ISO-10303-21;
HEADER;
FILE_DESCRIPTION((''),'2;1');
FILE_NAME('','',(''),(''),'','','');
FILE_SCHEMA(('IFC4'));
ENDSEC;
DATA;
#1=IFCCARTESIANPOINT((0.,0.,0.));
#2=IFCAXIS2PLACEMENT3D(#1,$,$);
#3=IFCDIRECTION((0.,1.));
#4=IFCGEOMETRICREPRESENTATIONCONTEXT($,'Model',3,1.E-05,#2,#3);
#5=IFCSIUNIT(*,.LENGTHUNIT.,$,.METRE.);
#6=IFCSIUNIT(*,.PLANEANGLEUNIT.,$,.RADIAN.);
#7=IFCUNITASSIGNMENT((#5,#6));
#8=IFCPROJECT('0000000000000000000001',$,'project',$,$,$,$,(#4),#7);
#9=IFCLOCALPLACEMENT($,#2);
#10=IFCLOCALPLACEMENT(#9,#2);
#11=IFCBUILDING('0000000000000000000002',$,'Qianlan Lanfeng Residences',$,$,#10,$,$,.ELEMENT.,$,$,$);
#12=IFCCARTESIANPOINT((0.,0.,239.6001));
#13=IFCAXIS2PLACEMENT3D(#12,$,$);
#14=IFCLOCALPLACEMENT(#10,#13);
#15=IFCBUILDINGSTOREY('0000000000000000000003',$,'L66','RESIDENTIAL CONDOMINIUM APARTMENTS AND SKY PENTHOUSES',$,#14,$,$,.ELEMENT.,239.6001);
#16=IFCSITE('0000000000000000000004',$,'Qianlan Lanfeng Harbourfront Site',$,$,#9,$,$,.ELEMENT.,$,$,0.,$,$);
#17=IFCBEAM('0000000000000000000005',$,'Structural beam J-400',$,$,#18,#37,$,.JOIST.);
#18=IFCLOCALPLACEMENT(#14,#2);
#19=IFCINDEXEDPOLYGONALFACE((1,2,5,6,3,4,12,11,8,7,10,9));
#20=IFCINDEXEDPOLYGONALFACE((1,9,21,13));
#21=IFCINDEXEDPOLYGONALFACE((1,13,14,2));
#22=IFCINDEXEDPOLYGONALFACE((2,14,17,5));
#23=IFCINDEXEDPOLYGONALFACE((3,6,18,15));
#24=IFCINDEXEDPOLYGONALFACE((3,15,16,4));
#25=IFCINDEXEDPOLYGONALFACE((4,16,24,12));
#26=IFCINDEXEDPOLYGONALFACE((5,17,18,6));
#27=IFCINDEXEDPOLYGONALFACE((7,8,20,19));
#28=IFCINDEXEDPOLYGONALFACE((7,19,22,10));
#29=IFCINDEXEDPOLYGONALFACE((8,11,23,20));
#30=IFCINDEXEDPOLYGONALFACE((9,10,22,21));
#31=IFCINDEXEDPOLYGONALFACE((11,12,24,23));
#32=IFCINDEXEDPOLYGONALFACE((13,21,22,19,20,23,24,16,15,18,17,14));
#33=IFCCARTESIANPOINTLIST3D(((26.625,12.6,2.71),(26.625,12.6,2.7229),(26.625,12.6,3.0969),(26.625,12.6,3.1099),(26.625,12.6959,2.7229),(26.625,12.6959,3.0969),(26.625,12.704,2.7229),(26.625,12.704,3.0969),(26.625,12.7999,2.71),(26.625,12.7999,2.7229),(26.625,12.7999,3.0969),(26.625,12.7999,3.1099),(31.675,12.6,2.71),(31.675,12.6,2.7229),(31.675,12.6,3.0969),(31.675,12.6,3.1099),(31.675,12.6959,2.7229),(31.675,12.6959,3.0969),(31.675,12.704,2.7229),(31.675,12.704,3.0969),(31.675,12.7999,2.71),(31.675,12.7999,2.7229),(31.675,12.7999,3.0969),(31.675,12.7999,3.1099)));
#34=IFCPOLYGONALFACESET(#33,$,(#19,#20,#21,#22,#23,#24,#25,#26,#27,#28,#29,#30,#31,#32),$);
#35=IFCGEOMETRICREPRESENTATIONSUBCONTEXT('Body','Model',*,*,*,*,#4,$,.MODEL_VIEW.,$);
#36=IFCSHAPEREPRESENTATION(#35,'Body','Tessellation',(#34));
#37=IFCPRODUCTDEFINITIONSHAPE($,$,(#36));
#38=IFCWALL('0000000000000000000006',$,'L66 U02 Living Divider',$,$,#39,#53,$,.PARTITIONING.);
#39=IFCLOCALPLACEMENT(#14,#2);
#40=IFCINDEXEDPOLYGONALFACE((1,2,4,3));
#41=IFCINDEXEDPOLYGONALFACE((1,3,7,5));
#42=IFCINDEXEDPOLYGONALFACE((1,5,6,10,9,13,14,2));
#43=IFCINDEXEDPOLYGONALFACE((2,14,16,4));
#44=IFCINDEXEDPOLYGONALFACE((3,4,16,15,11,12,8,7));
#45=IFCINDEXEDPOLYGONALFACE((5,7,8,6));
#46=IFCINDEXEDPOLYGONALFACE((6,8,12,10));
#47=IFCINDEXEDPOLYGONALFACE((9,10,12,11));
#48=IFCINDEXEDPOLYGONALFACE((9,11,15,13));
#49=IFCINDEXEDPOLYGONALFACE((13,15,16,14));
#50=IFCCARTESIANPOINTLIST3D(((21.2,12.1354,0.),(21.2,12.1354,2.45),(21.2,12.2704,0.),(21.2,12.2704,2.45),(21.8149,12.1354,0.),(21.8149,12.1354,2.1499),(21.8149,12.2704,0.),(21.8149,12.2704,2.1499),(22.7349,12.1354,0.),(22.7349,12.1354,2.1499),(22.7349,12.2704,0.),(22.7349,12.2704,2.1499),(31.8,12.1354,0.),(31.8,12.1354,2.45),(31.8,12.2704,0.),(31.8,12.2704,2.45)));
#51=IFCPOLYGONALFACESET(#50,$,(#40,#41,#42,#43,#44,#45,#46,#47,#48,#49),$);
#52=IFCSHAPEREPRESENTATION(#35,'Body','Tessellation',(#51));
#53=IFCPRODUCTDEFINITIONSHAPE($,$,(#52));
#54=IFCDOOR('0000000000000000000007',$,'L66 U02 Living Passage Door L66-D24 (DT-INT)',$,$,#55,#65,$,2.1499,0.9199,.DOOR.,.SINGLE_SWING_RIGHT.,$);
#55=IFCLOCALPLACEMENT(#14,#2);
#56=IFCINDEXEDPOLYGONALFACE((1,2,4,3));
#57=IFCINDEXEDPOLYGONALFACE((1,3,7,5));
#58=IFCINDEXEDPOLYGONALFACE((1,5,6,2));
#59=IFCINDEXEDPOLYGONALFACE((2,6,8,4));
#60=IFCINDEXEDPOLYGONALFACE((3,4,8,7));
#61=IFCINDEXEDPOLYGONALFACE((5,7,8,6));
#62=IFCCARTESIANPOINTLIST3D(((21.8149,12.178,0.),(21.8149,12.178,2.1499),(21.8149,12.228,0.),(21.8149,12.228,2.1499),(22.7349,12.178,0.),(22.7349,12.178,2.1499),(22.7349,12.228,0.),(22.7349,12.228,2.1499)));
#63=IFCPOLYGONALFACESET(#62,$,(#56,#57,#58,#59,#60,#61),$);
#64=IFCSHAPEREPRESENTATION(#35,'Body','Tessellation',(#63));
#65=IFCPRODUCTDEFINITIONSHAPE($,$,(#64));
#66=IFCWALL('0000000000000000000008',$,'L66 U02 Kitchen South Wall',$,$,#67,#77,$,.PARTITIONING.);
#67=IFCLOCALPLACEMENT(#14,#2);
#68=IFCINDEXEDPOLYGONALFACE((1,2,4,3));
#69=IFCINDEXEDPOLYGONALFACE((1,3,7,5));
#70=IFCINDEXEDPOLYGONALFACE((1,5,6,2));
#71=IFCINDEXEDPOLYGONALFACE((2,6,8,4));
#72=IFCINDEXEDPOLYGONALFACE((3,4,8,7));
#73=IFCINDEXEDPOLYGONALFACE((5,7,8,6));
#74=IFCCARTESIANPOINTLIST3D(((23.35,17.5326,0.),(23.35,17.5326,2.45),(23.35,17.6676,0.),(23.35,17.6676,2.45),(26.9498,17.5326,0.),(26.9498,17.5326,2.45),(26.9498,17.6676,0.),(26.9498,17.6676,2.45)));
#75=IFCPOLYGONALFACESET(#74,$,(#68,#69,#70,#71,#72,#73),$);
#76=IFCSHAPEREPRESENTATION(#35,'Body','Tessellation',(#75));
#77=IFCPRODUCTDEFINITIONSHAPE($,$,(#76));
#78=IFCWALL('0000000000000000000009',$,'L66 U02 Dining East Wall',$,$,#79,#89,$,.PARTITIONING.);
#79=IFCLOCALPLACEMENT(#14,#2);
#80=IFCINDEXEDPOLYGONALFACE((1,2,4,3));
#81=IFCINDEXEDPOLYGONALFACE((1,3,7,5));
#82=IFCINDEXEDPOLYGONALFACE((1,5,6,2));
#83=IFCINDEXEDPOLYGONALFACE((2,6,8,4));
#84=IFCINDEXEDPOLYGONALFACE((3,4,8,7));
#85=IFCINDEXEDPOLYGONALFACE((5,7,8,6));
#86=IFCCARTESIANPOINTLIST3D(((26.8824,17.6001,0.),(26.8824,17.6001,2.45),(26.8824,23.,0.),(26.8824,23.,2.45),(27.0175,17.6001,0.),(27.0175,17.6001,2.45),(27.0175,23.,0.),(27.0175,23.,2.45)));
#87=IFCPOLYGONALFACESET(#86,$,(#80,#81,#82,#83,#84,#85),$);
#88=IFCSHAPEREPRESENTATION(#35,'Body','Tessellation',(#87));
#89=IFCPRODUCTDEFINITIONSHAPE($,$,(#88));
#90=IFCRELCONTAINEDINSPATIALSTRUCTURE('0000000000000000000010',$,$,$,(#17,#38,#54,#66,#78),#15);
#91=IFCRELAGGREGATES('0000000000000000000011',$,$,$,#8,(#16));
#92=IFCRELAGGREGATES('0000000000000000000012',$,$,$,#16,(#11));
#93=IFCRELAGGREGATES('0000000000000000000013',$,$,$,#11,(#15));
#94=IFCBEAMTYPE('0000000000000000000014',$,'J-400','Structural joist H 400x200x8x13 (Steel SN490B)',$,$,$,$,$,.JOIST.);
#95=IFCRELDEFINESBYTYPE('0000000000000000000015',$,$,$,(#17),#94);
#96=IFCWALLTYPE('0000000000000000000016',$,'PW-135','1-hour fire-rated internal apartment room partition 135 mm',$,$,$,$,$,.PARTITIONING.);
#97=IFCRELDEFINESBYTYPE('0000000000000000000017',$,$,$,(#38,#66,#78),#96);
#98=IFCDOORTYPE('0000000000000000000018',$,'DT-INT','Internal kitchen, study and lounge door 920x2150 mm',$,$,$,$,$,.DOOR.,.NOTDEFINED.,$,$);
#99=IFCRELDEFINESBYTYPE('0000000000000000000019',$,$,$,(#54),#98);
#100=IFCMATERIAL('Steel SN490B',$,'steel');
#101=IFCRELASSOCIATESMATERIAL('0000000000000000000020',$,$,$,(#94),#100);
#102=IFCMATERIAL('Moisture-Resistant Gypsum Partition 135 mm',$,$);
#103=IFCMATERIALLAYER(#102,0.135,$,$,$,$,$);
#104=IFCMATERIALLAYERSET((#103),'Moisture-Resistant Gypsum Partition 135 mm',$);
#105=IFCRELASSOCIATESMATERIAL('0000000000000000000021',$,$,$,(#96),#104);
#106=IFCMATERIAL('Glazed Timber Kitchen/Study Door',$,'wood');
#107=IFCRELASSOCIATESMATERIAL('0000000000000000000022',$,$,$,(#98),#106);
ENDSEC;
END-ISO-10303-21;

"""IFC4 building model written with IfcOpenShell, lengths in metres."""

from ifc_helpers import new_model, si_unit, direction, frame, frame_2d, origin, origin_2d, place, context, subcontext, project, spatial, rectangle, i_section, extrude, material, layer, layer_set, material_profile, profile_set, type_object, element, fill, save


model = new_model("IFC4")

# Units and contexts
model_context = context("Model", 3, precision=1e-05, world=origin(), true_north=direction((0.0, 1.0)))
body_context = subcontext(model_context, "Body", "Model", "MODEL_VIEW")
ifc_project = project(units=[si_unit("LENGTHUNIT", "METRE"), si_unit("PLANEANGLEUNIT", "RADIAN")], contexts=[model_context])

# Site, building, storey
site_placement = place(None, origin())
site = spatial("IfcSite", under=ifc_project, at=site_placement, Name="Qianlan Lanfeng Harbourfront Site", CompositionType="ELEMENT", RefElevation=0.0)
building_placement = place(site_placement, origin())
building = spatial("IfcBuilding", under=site, at=building_placement, Name="Qianlan Lanfeng Residences", CompositionType="ELEMENT")
storey_placement = place(building_placement, frame((0.0, 0.0, 239.6001)))
storey = spatial("IfcBuildingStorey", under=building, at=storey_placement, Name="L66", Description="RESIDENTIAL CONDOMINIUM APARTMENTS AND SKY PENTHOUSES", CompositionType="ELEMENT", Elevation=239.6001)

# Shared definitions
ifc_material_1 = material(Name="Steel SN490B", Category="steel")

# Beam
ifc_material_profile_1 = material_profile(ifc_material_1, i_section(OverallWidth=0.2, OverallDepth=0.3999, WebThickness=0.0081, FlangeThickness=0.0129, at=origin_2d()), Name="H 400x200x8x13")
ifc_profile_set_1 = profile_set([ifc_material_profile_1], Name="Steel SN490B")
beam_type_1 = type_object("IfcBeamType", Name="J-400", Description="Structural joist H 400x200x8x13 (Steel SN490B)", PredefinedType="JOIST", material=ifc_profile_set_1)
for number, where, z_axis, x_axis, name in (
    (1, (26.625, 12.7, 2.9099), (1.0, 0.0, 0.0), (0.0, 1.0, 0.0), "Structural beam J-400"),
):
    element("IfcBeam", number, at=place(storey_placement, frame(where, z_axis=z_axis, x_axis=x_axis)), inside=storey, type_object=beam_type_1, Name=name, PredefinedType="JOIST", context=body_context, shape_type="SweptSolid", body=[
        extrude(i_section(OverallWidth=0.2, OverallDepth=0.3999, WebThickness=0.0081, FlangeThickness=0.0129, at=origin_2d()), origin(), (0.0, 0.0, 1.0), 5.05),
    ])

# Wall, opening, door
ifc_material_2 = material(Name="Moisture-Resistant Gypsum Partition 135 mm")
ifc_layer = layer(ifc_material_2, 0.135)
ifc_layer_set = layer_set([ifc_layer], Name="Moisture-Resistant Gypsum Partition 135 mm")
wall_type = type_object("IfcWallType", Name="PW-135", Description="1-hour fire-rated internal apartment room partition 135 mm", PredefinedType="PARTITIONING", material=ifc_layer_set)
wall_1_placement = place(storey_placement, frame((21.2, 12.2029, 0.0), z_axis=(0.0, 0.0, 1.0), x_axis=(1.0, 0.0, 0.0)))
wall_1 = element("IfcWall", 2, at=wall_1_placement, inside=storey, type_object=wall_type, Name="L66 U02 Living Divider", PredefinedType="PARTITIONING", context=body_context, shape_type="SweptSolid", body=[
    extrude(rectangle(XDim=10.6001, YDim=0.135, at=frame_2d((5.3, 0.0))), origin(), (0.0, 0.0, 1.0), 2.45),
])
opening_1_placement = place(wall_1_placement, frame((0.615, 0.0, 0.0)))
opening_1 = element("IfcOpeningElement", 3, at=opening_1_placement, cuts=wall_1, PredefinedType="OPENING", context=body_context, shape_type="SweptSolid", body=[
    extrude(rectangle(XDim=0.9199, YDim=2.1499, at=frame_2d((0.46, 1.075))), frame((0.0, 0.0776, 0.0), z_axis=(0.0, -1.0, 0.0), x_axis=(1.0, 0.0, 0.0)), (0.0, 0.0, 1.0), 0.155),
])
ifc_material_3 = material(Name="Glazed Timber Kitchen/Study Door", Category="wood")
door_type_1 = type_object("IfcDoorType", Name="DT-INT", Description="Internal kitchen, study and lounge door 920x2150 mm", OperationType="NOTDEFINED", PredefinedType="DOOR", material=ifc_material_3)
door_1_placement = place(opening_1_placement, frame((0.9199, 0.0, 0.0), z_axis=(0.0, 0.0, 1.0), x_axis=(-1.0, 0.0, 0.0)))
door_1 = element("IfcDoor", 4, at=door_1_placement, inside=storey, type_object=door_type_1, Name="L66 U02 Living Passage Door L66-D24 (DT-INT)", OperationType="SINGLE_SWING_RIGHT", OverallHeight=2.1499, OverallWidth=0.9199, PredefinedType="DOOR", context=body_context, shape_type="SweptSolid", body=[
    extrude(rectangle(XDim=0.9199, YDim=2.1499, at=frame_2d((0.46, 1.075))), frame((0.0, 0.0249, 0.0), z_axis=(0.0, -1.0, 0.0), x_axis=(1.0, 0.0, 0.0)), (0.0, 0.0, 1.0), 0.05),
])
fill(opening_1, door_1)

# Walls
wall_2_placement = place(storey_placement, frame((23.3501, 17.6001, 0.0), z_axis=(0.0, 0.0, 1.0), x_axis=(1.0, 0.0, 0.0)))
element("IfcWall", 5, at=wall_2_placement, inside=storey, type_object=wall_type, Name="L66 U02 Kitchen South Wall", PredefinedType="PARTITIONING", context=body_context, shape_type="SweptSolid", body=[
    extrude(rectangle(XDim=3.5999, YDim=0.135, at=frame_2d((1.7998, 0.0))), origin(), (0.0, 0.0, 1.0), 2.45),
])
wall_3_placement = place(storey_placement, frame((26.95, 17.6001, 0.0), z_axis=(0.0, 0.0, 1.0), x_axis=(0.0, 1.0, 0.0)))
element("IfcWall", 6, at=wall_3_placement, inside=storey, type_object=wall_type, Name="L66 U02 Dining East Wall", PredefinedType="PARTITIONING", context=body_context, shape_type="SweptSolid", body=[
    extrude(rectangle(XDim=5.3999, YDim=0.135, at=frame_2d((2.7, 0.0))), origin(), (0.0, 0.0, 1.0), 2.45),
])

save(model, "model.ifc")
